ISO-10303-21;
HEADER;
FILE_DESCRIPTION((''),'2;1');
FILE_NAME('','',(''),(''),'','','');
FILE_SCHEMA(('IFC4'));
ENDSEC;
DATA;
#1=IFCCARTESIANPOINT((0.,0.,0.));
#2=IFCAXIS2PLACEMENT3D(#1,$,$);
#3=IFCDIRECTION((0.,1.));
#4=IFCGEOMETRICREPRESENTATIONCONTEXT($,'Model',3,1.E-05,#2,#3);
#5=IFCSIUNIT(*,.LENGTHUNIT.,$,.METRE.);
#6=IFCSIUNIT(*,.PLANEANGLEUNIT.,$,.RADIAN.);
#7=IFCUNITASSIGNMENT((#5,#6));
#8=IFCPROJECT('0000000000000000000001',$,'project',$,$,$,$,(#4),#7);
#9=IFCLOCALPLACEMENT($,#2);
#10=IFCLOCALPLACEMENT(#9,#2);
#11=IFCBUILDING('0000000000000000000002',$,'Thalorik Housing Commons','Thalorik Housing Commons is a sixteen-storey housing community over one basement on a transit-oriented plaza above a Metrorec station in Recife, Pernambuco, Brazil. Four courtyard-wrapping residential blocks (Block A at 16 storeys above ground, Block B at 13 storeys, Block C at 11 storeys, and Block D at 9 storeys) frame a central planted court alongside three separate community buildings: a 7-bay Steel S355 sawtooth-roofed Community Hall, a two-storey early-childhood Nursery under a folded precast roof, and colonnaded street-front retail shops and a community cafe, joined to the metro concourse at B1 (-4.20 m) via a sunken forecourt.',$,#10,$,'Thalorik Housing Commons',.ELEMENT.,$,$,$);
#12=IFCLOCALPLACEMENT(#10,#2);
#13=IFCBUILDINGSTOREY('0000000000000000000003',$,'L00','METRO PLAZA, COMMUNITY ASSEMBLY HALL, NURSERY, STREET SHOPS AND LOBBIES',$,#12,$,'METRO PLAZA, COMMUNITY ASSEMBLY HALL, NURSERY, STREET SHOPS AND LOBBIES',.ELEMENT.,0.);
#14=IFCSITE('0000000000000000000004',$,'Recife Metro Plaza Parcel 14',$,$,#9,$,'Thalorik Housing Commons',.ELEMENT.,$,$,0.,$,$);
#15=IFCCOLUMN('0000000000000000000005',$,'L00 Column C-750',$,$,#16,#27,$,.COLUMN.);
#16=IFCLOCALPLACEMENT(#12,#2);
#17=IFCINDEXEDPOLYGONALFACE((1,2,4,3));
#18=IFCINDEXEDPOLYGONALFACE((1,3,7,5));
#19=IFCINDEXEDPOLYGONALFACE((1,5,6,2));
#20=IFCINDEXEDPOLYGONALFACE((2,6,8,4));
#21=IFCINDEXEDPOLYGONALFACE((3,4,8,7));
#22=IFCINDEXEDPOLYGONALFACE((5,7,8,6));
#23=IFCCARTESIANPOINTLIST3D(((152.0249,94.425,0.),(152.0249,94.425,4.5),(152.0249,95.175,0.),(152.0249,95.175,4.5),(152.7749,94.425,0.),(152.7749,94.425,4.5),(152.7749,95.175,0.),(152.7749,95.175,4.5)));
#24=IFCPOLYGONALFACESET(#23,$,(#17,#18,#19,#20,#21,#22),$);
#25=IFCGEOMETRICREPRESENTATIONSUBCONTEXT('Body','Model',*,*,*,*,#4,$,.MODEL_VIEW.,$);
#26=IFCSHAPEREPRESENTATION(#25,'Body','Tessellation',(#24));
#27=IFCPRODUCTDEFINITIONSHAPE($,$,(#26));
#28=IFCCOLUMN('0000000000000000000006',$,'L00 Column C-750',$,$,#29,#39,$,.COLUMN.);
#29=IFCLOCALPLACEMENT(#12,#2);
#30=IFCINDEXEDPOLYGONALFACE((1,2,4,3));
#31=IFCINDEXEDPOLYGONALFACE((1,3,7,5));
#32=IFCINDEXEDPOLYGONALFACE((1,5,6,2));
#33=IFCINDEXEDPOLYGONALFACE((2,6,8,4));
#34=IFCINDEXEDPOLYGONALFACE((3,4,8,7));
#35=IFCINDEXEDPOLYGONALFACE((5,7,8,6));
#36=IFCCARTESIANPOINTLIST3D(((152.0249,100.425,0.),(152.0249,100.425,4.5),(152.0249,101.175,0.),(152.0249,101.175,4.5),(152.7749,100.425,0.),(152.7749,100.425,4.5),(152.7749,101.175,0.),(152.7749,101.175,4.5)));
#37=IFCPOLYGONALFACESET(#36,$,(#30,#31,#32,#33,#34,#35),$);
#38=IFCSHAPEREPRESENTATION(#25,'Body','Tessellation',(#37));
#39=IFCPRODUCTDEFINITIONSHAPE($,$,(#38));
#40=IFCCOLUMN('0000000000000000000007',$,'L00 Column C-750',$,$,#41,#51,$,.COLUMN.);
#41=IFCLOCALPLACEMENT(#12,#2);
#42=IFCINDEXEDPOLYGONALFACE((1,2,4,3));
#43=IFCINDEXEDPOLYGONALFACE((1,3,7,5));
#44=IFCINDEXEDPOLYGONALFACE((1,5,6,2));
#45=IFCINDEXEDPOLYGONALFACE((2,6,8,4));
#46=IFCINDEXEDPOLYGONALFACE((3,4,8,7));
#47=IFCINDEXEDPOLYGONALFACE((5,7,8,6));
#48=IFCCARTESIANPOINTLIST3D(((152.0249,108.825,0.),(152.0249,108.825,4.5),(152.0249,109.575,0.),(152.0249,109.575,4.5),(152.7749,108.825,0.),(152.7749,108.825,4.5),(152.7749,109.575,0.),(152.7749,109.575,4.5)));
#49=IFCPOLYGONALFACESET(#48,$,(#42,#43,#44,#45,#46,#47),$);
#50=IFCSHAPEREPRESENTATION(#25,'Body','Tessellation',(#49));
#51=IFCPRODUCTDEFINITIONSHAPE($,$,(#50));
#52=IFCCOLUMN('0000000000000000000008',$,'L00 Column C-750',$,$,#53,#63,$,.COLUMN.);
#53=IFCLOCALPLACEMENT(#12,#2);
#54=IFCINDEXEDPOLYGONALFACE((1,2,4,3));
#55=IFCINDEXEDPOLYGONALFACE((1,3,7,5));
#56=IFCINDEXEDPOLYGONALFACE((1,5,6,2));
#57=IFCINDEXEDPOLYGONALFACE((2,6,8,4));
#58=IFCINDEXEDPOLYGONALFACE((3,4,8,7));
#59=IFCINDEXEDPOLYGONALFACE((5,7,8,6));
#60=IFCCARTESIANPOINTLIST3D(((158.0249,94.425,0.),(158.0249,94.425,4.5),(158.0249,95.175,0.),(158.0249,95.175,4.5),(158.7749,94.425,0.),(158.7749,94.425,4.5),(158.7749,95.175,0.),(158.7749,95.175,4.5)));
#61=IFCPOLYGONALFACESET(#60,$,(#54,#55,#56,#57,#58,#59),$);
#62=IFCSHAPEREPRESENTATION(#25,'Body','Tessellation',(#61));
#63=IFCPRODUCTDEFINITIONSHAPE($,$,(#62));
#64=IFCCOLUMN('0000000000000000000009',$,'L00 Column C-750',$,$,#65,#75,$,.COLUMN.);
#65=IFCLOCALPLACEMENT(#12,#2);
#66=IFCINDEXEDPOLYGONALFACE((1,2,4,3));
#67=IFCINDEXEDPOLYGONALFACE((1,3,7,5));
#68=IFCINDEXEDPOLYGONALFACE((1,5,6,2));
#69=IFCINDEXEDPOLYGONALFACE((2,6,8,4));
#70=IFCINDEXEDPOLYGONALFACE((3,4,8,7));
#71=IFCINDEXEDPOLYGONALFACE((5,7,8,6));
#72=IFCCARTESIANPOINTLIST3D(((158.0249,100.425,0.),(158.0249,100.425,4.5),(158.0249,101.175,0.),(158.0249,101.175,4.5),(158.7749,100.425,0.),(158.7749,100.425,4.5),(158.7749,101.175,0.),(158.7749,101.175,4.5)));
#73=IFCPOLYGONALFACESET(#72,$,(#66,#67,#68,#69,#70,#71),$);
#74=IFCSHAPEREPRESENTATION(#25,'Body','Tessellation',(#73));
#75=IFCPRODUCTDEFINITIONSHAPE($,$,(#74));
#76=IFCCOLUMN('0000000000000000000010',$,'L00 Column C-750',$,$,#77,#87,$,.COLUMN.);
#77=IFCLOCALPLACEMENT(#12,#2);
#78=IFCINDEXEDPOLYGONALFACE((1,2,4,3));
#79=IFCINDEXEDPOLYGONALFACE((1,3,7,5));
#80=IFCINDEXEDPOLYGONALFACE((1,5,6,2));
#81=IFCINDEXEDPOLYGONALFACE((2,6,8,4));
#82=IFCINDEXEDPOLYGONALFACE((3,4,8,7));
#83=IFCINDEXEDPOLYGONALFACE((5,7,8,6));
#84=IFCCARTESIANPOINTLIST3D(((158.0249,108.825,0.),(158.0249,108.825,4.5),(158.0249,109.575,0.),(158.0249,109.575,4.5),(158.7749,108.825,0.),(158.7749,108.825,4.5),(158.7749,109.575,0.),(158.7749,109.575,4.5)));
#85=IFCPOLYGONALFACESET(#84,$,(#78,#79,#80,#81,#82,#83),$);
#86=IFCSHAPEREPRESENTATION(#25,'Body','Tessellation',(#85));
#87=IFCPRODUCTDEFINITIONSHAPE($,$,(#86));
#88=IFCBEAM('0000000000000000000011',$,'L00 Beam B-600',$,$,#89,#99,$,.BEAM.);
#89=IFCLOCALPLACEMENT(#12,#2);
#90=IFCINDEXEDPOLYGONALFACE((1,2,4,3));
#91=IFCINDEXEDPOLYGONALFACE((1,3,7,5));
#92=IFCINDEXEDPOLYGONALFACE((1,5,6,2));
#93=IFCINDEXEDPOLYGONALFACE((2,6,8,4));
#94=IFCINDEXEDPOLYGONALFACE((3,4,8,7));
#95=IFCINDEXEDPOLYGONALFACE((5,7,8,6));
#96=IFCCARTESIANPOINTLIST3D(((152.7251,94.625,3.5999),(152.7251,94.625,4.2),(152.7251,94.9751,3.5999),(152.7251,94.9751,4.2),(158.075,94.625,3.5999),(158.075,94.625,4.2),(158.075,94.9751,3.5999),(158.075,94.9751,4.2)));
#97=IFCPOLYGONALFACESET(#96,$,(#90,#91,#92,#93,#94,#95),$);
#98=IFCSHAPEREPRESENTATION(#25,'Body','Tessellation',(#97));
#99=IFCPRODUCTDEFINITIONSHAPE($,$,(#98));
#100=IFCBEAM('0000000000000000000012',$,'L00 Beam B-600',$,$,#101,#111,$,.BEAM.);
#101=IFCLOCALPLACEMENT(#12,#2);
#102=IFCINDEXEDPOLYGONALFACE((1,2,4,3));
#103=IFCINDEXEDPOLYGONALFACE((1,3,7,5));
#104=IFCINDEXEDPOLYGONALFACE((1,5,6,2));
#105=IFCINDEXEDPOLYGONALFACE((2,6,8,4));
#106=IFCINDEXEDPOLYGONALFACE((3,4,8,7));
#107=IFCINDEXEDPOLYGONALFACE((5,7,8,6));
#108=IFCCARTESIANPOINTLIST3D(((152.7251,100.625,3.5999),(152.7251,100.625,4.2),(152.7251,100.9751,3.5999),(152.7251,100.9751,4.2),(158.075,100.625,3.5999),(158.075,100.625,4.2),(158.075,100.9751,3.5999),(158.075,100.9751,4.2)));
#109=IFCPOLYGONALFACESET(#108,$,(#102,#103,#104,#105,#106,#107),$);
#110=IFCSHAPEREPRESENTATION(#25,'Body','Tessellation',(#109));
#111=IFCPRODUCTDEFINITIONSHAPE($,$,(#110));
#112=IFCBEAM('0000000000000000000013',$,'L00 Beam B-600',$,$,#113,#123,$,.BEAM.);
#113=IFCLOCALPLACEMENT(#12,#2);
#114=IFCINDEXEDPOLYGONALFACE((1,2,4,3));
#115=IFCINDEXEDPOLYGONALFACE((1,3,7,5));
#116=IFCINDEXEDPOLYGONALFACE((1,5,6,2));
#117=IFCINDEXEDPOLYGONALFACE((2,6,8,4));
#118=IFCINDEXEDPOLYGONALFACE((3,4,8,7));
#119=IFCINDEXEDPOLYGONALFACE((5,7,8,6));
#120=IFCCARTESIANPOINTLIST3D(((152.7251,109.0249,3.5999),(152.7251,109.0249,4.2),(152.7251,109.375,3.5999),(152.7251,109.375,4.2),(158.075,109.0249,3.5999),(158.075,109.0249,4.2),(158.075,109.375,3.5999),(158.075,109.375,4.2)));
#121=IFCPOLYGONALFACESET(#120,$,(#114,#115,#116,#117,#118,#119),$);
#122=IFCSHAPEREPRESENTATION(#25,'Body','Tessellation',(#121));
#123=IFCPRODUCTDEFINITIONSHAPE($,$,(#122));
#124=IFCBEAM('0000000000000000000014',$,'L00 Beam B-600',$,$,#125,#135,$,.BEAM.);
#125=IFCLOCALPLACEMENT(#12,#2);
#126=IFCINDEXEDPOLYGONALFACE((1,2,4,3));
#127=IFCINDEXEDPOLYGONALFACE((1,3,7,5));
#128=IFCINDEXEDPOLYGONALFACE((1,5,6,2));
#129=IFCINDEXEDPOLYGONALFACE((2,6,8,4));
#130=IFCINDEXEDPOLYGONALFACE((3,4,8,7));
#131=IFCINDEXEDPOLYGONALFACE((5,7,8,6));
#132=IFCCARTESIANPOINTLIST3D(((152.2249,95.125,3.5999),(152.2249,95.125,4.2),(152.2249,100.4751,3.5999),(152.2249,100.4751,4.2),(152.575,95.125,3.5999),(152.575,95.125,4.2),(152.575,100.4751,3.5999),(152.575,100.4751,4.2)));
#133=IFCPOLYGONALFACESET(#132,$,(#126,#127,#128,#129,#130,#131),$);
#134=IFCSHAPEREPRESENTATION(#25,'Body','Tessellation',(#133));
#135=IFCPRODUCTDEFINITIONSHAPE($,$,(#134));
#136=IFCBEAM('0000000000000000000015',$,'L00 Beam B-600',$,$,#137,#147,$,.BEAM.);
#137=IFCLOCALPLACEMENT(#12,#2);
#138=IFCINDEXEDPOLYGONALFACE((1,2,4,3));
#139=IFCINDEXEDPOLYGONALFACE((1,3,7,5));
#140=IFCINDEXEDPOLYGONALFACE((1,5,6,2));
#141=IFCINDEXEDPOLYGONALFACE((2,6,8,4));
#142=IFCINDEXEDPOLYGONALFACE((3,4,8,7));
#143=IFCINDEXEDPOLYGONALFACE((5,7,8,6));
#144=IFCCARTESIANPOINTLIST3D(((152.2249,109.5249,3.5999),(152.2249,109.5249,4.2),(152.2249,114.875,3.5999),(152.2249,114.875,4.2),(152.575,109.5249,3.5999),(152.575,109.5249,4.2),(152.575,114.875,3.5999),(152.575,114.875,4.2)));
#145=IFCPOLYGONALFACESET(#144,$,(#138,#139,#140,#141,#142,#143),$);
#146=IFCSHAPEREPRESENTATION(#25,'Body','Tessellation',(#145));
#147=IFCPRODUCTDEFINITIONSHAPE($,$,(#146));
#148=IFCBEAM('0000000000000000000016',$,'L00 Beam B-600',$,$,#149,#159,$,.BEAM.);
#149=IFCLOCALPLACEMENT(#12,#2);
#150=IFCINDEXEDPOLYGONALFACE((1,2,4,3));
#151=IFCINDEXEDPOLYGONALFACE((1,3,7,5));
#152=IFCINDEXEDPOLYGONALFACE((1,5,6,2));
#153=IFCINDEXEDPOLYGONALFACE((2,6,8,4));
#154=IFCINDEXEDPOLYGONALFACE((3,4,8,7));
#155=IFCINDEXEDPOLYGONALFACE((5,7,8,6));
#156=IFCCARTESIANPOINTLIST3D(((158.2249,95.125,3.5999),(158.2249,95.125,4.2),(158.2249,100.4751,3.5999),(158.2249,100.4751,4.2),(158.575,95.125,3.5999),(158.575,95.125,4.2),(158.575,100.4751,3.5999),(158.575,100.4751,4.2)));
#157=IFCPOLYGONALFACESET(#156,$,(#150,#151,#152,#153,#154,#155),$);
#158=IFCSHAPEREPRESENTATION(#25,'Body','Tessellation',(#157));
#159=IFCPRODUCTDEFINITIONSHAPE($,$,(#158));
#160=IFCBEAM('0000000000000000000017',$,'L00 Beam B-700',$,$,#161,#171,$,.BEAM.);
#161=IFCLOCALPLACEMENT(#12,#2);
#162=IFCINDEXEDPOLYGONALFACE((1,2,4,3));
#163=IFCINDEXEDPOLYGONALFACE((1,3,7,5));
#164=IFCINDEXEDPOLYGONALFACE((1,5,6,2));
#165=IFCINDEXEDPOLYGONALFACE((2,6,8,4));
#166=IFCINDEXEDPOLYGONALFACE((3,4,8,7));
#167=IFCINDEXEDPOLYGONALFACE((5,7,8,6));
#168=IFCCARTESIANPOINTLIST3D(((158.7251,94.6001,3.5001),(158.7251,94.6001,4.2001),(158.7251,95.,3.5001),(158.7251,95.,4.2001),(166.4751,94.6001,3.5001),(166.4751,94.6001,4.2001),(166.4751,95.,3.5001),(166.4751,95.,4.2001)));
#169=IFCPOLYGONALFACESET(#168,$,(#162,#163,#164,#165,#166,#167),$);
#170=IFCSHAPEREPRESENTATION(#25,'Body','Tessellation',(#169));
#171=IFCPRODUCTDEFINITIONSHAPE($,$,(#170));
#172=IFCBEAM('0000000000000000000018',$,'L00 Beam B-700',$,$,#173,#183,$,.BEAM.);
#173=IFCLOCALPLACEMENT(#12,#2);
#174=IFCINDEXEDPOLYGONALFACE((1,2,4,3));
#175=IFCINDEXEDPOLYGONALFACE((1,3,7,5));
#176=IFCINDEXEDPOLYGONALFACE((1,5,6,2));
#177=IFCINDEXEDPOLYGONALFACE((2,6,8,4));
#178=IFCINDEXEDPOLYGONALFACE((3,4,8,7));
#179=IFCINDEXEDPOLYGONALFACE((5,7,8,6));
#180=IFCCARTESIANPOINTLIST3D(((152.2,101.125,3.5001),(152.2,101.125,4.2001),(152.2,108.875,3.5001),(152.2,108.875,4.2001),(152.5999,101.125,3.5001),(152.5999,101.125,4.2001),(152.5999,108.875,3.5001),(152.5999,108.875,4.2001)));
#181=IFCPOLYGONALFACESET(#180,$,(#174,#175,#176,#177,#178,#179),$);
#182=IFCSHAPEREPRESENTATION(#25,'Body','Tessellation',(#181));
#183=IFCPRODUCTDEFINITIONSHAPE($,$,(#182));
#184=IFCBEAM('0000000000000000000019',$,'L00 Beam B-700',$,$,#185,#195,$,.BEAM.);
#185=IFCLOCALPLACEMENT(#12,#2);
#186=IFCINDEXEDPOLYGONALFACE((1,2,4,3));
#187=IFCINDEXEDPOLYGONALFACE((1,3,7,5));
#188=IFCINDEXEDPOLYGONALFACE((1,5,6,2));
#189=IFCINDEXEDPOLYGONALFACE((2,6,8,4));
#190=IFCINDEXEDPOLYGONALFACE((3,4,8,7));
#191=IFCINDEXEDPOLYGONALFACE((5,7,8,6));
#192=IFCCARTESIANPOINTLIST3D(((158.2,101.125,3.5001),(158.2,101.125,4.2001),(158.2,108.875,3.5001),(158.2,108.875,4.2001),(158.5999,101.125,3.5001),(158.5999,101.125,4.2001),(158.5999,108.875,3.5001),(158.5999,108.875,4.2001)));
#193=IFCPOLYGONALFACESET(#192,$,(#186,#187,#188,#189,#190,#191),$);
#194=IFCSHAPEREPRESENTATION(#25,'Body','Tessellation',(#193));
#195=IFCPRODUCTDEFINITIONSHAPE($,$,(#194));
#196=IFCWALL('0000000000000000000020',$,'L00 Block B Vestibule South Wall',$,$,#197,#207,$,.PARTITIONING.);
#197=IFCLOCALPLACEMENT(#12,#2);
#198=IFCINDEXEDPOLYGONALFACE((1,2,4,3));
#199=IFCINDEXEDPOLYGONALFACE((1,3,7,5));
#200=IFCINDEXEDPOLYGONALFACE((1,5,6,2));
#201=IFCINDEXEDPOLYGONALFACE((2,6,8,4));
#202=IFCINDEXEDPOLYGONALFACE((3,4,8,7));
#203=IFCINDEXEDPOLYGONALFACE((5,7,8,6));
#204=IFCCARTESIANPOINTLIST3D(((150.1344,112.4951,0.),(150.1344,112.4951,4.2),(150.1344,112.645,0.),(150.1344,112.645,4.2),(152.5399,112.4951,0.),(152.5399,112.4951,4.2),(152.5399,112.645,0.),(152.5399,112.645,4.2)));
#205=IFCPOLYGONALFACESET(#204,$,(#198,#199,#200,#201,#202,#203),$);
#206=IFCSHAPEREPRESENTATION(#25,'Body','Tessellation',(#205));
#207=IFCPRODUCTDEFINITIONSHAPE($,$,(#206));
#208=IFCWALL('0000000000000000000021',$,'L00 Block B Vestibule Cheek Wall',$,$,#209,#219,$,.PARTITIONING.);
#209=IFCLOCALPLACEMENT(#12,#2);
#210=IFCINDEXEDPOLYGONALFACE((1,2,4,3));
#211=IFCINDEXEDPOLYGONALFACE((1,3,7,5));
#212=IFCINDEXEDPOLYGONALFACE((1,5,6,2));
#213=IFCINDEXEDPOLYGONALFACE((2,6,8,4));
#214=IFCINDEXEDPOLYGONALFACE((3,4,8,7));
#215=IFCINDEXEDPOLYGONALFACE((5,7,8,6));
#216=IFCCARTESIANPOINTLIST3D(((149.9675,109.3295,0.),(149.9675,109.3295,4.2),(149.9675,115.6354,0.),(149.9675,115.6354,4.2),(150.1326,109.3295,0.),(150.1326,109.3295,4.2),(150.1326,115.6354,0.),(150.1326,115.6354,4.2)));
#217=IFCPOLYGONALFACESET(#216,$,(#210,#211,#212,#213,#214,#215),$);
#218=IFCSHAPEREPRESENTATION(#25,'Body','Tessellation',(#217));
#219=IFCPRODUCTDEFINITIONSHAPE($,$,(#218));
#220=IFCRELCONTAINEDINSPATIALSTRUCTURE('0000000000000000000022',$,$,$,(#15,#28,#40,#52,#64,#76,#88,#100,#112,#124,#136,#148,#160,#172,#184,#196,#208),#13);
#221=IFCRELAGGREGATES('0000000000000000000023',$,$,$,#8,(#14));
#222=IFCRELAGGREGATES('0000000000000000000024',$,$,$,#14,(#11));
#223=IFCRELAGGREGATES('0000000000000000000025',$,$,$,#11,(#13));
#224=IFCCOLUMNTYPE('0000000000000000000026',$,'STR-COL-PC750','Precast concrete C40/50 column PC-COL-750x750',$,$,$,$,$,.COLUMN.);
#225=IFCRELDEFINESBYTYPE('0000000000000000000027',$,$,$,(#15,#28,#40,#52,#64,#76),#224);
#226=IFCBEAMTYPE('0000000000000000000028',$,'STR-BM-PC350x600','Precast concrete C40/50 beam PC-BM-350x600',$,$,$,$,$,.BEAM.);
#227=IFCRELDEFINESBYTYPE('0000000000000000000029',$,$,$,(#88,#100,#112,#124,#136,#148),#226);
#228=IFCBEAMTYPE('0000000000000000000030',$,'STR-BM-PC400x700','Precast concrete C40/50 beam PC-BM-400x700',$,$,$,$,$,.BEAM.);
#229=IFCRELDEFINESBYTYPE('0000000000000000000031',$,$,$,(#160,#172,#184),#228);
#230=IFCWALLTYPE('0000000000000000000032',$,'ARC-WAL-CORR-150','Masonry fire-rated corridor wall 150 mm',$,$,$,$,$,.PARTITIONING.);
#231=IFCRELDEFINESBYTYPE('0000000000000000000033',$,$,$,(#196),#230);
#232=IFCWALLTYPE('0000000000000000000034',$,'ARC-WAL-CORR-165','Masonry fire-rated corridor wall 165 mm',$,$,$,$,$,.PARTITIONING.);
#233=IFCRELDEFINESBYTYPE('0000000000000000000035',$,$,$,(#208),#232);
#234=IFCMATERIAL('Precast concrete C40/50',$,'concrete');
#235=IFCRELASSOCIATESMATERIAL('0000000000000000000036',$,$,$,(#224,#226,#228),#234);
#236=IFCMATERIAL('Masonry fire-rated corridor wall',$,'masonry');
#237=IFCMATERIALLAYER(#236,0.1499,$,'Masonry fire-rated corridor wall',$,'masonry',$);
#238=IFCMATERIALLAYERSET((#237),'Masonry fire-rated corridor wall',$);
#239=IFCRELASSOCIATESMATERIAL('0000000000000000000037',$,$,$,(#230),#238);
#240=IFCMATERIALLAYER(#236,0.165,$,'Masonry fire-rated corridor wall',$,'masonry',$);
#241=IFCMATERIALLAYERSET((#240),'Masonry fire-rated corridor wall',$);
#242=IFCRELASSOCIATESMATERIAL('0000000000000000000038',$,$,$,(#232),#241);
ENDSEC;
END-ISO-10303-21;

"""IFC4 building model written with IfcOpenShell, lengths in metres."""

from ifc_helpers import new_model, si_unit, direction, frame, frame_2d, origin, origin_2d, place, context, subcontext, project, spatial, rectangle, extrude, material, layer, layer_set, material_profile, profile_set, type_object, element, save


model = new_model("IFC4")

# Units and contexts
model_context = context("Model", 3, precision=1e-05, world=origin(), true_north=direction((0.0, 1.0)))
body_context = subcontext(model_context, "Body", "Model", "MODEL_VIEW")
ifc_project = project(units=[si_unit("LENGTHUNIT", "METRE"), si_unit("PLANEANGLEUNIT", "RADIAN")], contexts=[model_context])

# Site, building, storey
site_placement = place(None, origin())
site = spatial("IfcSite", under=ifc_project, at=site_placement, Name="Recife Metro Plaza Parcel 14", LongName="Thalorik Housing Commons", CompositionType="ELEMENT", RefElevation=0.0)
building_placement = place(site_placement, origin())
building = spatial("IfcBuilding", under=site, at=building_placement, Name="Thalorik Housing Commons", Description="Thalorik Housing Commons is a sixteen-storey housing community over one basement on a transit-oriented plaza above a Metrorec station in Recife, Pernambuco, Brazil. Four courtyard-wrapping residential blocks (Block A at 16 storeys above ground, Block B at 13 storeys, Block C at 11 storeys, and Block D at 9 storeys) frame a central planted court alongside three separate community buildings: a 7-bay Steel S355 sawtooth-roofed Community Hall, a two-storey early-childhood Nursery under a folded precast roof, and colonnaded street-front retail shops and a community cafe, joined to the metro concourse at B1 (-4.20 m) via a sunken forecourt.", LongName="Thalorik Housing Commons", CompositionType="ELEMENT")
storey_placement = place(building_placement, origin())
storey = spatial("IfcBuildingStorey", under=building, at=storey_placement, Name="L00", Description="METRO PLAZA, COMMUNITY ASSEMBLY HALL, NURSERY, STREET SHOPS AND LOBBIES", LongName="METRO PLAZA, COMMUNITY ASSEMBLY HALL, NURSERY, STREET SHOPS AND LOBBIES", CompositionType="ELEMENT", Elevation=0.0)

# Columns
ifc_material_1 = material(Name="Precast concrete C40/50", Category="concrete")
ifc_material_profile_1 = material_profile(ifc_material_1, rectangle(XDim=0.75, YDim=0.75, at=origin_2d()), Name="PC 750x750", Category="concrete")
ifc_profile_set_1 = profile_set([ifc_material_profile_1], Name="Precast concrete C40/50")
column_type = type_object("IfcColumnType", Name="STR-COL-PC750", Description="Precast concrete C40/50 column PC-COL-750x750", PredefinedType="COLUMN", material=ifc_profile_set_1)
for number, where, z_axis, x_axis, name in (
    (1, (152.3999, 94.8, 0.0), (0.0, 0.0, 1.0), (1.0, 0.0, 0.0), "L00 Column C-750"),
    (2, (152.3999, 100.8, 0.0), (0.0, 0.0, 1.0), (1.0, 0.0, 0.0), "L00 Column C-750"),
    (3, (152.3999, 109.2, 0.0), (0.0, 0.0, 1.0), (1.0, 0.0, 0.0), "L00 Column C-750"),
    (4, (158.3999, 94.8, 0.0), (0.0, 0.0, 1.0), (1.0, 0.0, 0.0), "L00 Column C-750"),
    (5, (158.3999, 100.8, 0.0), (0.0, 0.0, 1.0), (1.0, 0.0, 0.0), "L00 Column C-750"),
    (6, (158.3999, 109.2, 0.0), (0.0, 0.0, 1.0), (1.0, 0.0, 0.0), "L00 Column C-750"),
):
    element("IfcColumn", number, at=place(storey_placement, frame(where, z_axis=z_axis, x_axis=x_axis)), inside=storey, type_object=column_type, Name=name, PredefinedType="COLUMN", context=body_context, shape_type="SweptSolid", body=[
        extrude(rectangle(XDim=0.75, YDim=0.75, at=origin_2d()), origin(), (0.0, 0.0, 1.0), 4.5),
    ])

# Beams
ifc_material_profile_2 = material_profile(ifc_material_1, rectangle(XDim=0.3501, YDim=0.6001, at=origin_2d()), Name="PC 350x600", Category="concrete")
ifc_profile_set_2 = profile_set([ifc_material_profile_2], Name="Precast concrete C40/50")
beam_type_1 = type_object("IfcBeamType", Name="STR-BM-PC350x600", Description="Precast concrete C40/50 beam PC-BM-350x600", PredefinedType="BEAM", material=ifc_profile_set_2)
for number, where, z_axis, x_axis, name in (
    (7, (152.7251, 94.8, 3.8999), (1.0, 0.0, 0.0), (0.0, 1.0, 0.0), "L00 Beam B-600"),
    (8, (152.7251, 100.8, 3.8999), (1.0, 0.0, 0.0), (0.0, 1.0, 0.0), "L00 Beam B-600"),
    (9, (152.7251, 109.2, 3.8999), (1.0, 0.0, 0.0), (0.0, 1.0, 0.0), "L00 Beam B-600"),
):
    element("IfcBeam", number, at=place(storey_placement, frame(where, z_axis=z_axis, x_axis=x_axis)), inside=storey, type_object=beam_type_1, Name=name, PredefinedType="BEAM", context=body_context, shape_type="SweptSolid", body=[
        extrude(rectangle(XDim=0.3501, YDim=0.6001, at=origin_2d()), origin(), (0.0, 0.0, 1.0), 5.3499),
    ])
for number, where, z_axis, x_axis, name in (
    (10, (152.3999, 95.125, 3.8999), (0.0, 1.0, 0.0), (-1.0, 0.0, 0.0), "L00 Beam B-600"),
    (11, (152.3999, 109.5249, 3.8999), (0.0, 1.0, 0.0), (-1.0, 0.0, 0.0), "L00 Beam B-600"),
    (12, (158.3999, 95.125, 3.8999), (0.0, 1.0, 0.0), (-1.0, 0.0, 0.0), "L00 Beam B-600"),
):
    element("IfcBeam", number, at=place(storey_placement, frame(where, z_axis=z_axis, x_axis=x_axis)), inside=storey, type_object=beam_type_1, Name=name, PredefinedType="BEAM", context=body_context, shape_type="SweptSolid", body=[
        extrude(rectangle(XDim=0.3501, YDim=0.6001, at=origin_2d()), origin(), (0.0, 0.0, 1.0), 5.3501),
    ])
ifc_material_profile_3 = material_profile(ifc_material_1, rectangle(XDim=0.3999, YDim=0.7, at=origin_2d()), Name="PC 400x700", Category="concrete")
ifc_profile_set_3 = profile_set([ifc_material_profile_3], Name="Precast concrete C40/50")
beam_type_2 = type_object("IfcBeamType", Name="STR-BM-PC400x700", Description="Precast concrete C40/50 beam PC-BM-400x700", PredefinedType="BEAM", material=ifc_profile_set_3)
for number, where, z_axis, x_axis, name in (
    (13, (158.7251, 94.8, 3.8501), (1.0, 0.0, 0.0), (0.0, 1.0, 0.0), "L00 Beam B-700"),
    (14, (152.3999, 101.125, 3.8501), (0.0, 1.0, 0.0), (-1.0, 0.0, 0.0), "L00 Beam B-700"),
    (15, (158.3999, 101.125, 3.8501), (0.0, 1.0, 0.0), (-1.0, 0.0, 0.0), "L00 Beam B-700"),
):
    element("IfcBeam", number, at=place(storey_placement, frame(where, z_axis=z_axis, x_axis=x_axis)), inside=storey, type_object=beam_type_2, Name=name, PredefinedType="BEAM", context=body_context, shape_type="SweptSolid", body=[
        extrude(rectangle(XDim=0.3999, YDim=0.7, at=origin_2d()), origin(), (0.0, 0.0, 1.0), 7.75),
    ])

# Walls
ifc_material_2 = material(Name="Masonry fire-rated corridor wall", Category="masonry")
ifc_layer_1 = layer(ifc_material_2, 0.1499, Name="Masonry fire-rated corridor wall", Category="masonry")
ifc_layer_set_1 = layer_set([ifc_layer_1], Name="Masonry fire-rated corridor wall")
wall_type_1 = type_object("IfcWallType", Name="ARC-WAL-CORR-150", Description="Masonry fire-rated corridor wall 150 mm", PredefinedType="PARTITIONING", material=ifc_layer_set_1)
wall_1_placement = place(storey_placement, frame((150.1345, 112.5701, 0.0), z_axis=(0.0, 0.0, 1.0), x_axis=(1.0, 0.0, 0.0)))
element("IfcWall", 16, at=wall_1_placement, inside=storey, type_object=wall_type_1, Name="L00 Block B Vestibule South Wall", PredefinedType="PARTITIONING", context=body_context, shape_type="SweptSolid", body=[
    extrude(rectangle(XDim=2.4055, YDim=0.1499, at=frame_2d((1.2026, 0.0))), origin(), (0.0, 0.0, 1.0), 4.2),
])
ifc_layer_2 = layer(ifc_material_2, 0.165, Name="Masonry fire-rated corridor wall", Category="masonry")
ifc_layer_set_2 = layer_set([ifc_layer_2], Name="Masonry fire-rated corridor wall")
wall_type_2 = type_object("IfcWallType", Name="ARC-WAL-CORR-165", Description="Masonry fire-rated corridor wall 165 mm", PredefinedType="PARTITIONING", material=ifc_layer_set_2)
wall_2_placement = place(storey_placement, frame((150.05, 109.3296, 0.0), z_axis=(0.0, 0.0, 1.0), x_axis=(0.0, 1.0, 0.0)))
element("IfcWall", 17, at=wall_2_placement, inside=storey, type_object=wall_type_2, Name="L00 Block B Vestibule Cheek Wall", PredefinedType="PARTITIONING", context=body_context, shape_type="SweptSolid", body=[
    extrude(rectangle(XDim=6.3059, YDim=0.165, at=frame_2d((3.1528, 0.0))), origin(), (0.0, 0.0, 1.0), 4.2),
])

save(model, "model.ifc")
